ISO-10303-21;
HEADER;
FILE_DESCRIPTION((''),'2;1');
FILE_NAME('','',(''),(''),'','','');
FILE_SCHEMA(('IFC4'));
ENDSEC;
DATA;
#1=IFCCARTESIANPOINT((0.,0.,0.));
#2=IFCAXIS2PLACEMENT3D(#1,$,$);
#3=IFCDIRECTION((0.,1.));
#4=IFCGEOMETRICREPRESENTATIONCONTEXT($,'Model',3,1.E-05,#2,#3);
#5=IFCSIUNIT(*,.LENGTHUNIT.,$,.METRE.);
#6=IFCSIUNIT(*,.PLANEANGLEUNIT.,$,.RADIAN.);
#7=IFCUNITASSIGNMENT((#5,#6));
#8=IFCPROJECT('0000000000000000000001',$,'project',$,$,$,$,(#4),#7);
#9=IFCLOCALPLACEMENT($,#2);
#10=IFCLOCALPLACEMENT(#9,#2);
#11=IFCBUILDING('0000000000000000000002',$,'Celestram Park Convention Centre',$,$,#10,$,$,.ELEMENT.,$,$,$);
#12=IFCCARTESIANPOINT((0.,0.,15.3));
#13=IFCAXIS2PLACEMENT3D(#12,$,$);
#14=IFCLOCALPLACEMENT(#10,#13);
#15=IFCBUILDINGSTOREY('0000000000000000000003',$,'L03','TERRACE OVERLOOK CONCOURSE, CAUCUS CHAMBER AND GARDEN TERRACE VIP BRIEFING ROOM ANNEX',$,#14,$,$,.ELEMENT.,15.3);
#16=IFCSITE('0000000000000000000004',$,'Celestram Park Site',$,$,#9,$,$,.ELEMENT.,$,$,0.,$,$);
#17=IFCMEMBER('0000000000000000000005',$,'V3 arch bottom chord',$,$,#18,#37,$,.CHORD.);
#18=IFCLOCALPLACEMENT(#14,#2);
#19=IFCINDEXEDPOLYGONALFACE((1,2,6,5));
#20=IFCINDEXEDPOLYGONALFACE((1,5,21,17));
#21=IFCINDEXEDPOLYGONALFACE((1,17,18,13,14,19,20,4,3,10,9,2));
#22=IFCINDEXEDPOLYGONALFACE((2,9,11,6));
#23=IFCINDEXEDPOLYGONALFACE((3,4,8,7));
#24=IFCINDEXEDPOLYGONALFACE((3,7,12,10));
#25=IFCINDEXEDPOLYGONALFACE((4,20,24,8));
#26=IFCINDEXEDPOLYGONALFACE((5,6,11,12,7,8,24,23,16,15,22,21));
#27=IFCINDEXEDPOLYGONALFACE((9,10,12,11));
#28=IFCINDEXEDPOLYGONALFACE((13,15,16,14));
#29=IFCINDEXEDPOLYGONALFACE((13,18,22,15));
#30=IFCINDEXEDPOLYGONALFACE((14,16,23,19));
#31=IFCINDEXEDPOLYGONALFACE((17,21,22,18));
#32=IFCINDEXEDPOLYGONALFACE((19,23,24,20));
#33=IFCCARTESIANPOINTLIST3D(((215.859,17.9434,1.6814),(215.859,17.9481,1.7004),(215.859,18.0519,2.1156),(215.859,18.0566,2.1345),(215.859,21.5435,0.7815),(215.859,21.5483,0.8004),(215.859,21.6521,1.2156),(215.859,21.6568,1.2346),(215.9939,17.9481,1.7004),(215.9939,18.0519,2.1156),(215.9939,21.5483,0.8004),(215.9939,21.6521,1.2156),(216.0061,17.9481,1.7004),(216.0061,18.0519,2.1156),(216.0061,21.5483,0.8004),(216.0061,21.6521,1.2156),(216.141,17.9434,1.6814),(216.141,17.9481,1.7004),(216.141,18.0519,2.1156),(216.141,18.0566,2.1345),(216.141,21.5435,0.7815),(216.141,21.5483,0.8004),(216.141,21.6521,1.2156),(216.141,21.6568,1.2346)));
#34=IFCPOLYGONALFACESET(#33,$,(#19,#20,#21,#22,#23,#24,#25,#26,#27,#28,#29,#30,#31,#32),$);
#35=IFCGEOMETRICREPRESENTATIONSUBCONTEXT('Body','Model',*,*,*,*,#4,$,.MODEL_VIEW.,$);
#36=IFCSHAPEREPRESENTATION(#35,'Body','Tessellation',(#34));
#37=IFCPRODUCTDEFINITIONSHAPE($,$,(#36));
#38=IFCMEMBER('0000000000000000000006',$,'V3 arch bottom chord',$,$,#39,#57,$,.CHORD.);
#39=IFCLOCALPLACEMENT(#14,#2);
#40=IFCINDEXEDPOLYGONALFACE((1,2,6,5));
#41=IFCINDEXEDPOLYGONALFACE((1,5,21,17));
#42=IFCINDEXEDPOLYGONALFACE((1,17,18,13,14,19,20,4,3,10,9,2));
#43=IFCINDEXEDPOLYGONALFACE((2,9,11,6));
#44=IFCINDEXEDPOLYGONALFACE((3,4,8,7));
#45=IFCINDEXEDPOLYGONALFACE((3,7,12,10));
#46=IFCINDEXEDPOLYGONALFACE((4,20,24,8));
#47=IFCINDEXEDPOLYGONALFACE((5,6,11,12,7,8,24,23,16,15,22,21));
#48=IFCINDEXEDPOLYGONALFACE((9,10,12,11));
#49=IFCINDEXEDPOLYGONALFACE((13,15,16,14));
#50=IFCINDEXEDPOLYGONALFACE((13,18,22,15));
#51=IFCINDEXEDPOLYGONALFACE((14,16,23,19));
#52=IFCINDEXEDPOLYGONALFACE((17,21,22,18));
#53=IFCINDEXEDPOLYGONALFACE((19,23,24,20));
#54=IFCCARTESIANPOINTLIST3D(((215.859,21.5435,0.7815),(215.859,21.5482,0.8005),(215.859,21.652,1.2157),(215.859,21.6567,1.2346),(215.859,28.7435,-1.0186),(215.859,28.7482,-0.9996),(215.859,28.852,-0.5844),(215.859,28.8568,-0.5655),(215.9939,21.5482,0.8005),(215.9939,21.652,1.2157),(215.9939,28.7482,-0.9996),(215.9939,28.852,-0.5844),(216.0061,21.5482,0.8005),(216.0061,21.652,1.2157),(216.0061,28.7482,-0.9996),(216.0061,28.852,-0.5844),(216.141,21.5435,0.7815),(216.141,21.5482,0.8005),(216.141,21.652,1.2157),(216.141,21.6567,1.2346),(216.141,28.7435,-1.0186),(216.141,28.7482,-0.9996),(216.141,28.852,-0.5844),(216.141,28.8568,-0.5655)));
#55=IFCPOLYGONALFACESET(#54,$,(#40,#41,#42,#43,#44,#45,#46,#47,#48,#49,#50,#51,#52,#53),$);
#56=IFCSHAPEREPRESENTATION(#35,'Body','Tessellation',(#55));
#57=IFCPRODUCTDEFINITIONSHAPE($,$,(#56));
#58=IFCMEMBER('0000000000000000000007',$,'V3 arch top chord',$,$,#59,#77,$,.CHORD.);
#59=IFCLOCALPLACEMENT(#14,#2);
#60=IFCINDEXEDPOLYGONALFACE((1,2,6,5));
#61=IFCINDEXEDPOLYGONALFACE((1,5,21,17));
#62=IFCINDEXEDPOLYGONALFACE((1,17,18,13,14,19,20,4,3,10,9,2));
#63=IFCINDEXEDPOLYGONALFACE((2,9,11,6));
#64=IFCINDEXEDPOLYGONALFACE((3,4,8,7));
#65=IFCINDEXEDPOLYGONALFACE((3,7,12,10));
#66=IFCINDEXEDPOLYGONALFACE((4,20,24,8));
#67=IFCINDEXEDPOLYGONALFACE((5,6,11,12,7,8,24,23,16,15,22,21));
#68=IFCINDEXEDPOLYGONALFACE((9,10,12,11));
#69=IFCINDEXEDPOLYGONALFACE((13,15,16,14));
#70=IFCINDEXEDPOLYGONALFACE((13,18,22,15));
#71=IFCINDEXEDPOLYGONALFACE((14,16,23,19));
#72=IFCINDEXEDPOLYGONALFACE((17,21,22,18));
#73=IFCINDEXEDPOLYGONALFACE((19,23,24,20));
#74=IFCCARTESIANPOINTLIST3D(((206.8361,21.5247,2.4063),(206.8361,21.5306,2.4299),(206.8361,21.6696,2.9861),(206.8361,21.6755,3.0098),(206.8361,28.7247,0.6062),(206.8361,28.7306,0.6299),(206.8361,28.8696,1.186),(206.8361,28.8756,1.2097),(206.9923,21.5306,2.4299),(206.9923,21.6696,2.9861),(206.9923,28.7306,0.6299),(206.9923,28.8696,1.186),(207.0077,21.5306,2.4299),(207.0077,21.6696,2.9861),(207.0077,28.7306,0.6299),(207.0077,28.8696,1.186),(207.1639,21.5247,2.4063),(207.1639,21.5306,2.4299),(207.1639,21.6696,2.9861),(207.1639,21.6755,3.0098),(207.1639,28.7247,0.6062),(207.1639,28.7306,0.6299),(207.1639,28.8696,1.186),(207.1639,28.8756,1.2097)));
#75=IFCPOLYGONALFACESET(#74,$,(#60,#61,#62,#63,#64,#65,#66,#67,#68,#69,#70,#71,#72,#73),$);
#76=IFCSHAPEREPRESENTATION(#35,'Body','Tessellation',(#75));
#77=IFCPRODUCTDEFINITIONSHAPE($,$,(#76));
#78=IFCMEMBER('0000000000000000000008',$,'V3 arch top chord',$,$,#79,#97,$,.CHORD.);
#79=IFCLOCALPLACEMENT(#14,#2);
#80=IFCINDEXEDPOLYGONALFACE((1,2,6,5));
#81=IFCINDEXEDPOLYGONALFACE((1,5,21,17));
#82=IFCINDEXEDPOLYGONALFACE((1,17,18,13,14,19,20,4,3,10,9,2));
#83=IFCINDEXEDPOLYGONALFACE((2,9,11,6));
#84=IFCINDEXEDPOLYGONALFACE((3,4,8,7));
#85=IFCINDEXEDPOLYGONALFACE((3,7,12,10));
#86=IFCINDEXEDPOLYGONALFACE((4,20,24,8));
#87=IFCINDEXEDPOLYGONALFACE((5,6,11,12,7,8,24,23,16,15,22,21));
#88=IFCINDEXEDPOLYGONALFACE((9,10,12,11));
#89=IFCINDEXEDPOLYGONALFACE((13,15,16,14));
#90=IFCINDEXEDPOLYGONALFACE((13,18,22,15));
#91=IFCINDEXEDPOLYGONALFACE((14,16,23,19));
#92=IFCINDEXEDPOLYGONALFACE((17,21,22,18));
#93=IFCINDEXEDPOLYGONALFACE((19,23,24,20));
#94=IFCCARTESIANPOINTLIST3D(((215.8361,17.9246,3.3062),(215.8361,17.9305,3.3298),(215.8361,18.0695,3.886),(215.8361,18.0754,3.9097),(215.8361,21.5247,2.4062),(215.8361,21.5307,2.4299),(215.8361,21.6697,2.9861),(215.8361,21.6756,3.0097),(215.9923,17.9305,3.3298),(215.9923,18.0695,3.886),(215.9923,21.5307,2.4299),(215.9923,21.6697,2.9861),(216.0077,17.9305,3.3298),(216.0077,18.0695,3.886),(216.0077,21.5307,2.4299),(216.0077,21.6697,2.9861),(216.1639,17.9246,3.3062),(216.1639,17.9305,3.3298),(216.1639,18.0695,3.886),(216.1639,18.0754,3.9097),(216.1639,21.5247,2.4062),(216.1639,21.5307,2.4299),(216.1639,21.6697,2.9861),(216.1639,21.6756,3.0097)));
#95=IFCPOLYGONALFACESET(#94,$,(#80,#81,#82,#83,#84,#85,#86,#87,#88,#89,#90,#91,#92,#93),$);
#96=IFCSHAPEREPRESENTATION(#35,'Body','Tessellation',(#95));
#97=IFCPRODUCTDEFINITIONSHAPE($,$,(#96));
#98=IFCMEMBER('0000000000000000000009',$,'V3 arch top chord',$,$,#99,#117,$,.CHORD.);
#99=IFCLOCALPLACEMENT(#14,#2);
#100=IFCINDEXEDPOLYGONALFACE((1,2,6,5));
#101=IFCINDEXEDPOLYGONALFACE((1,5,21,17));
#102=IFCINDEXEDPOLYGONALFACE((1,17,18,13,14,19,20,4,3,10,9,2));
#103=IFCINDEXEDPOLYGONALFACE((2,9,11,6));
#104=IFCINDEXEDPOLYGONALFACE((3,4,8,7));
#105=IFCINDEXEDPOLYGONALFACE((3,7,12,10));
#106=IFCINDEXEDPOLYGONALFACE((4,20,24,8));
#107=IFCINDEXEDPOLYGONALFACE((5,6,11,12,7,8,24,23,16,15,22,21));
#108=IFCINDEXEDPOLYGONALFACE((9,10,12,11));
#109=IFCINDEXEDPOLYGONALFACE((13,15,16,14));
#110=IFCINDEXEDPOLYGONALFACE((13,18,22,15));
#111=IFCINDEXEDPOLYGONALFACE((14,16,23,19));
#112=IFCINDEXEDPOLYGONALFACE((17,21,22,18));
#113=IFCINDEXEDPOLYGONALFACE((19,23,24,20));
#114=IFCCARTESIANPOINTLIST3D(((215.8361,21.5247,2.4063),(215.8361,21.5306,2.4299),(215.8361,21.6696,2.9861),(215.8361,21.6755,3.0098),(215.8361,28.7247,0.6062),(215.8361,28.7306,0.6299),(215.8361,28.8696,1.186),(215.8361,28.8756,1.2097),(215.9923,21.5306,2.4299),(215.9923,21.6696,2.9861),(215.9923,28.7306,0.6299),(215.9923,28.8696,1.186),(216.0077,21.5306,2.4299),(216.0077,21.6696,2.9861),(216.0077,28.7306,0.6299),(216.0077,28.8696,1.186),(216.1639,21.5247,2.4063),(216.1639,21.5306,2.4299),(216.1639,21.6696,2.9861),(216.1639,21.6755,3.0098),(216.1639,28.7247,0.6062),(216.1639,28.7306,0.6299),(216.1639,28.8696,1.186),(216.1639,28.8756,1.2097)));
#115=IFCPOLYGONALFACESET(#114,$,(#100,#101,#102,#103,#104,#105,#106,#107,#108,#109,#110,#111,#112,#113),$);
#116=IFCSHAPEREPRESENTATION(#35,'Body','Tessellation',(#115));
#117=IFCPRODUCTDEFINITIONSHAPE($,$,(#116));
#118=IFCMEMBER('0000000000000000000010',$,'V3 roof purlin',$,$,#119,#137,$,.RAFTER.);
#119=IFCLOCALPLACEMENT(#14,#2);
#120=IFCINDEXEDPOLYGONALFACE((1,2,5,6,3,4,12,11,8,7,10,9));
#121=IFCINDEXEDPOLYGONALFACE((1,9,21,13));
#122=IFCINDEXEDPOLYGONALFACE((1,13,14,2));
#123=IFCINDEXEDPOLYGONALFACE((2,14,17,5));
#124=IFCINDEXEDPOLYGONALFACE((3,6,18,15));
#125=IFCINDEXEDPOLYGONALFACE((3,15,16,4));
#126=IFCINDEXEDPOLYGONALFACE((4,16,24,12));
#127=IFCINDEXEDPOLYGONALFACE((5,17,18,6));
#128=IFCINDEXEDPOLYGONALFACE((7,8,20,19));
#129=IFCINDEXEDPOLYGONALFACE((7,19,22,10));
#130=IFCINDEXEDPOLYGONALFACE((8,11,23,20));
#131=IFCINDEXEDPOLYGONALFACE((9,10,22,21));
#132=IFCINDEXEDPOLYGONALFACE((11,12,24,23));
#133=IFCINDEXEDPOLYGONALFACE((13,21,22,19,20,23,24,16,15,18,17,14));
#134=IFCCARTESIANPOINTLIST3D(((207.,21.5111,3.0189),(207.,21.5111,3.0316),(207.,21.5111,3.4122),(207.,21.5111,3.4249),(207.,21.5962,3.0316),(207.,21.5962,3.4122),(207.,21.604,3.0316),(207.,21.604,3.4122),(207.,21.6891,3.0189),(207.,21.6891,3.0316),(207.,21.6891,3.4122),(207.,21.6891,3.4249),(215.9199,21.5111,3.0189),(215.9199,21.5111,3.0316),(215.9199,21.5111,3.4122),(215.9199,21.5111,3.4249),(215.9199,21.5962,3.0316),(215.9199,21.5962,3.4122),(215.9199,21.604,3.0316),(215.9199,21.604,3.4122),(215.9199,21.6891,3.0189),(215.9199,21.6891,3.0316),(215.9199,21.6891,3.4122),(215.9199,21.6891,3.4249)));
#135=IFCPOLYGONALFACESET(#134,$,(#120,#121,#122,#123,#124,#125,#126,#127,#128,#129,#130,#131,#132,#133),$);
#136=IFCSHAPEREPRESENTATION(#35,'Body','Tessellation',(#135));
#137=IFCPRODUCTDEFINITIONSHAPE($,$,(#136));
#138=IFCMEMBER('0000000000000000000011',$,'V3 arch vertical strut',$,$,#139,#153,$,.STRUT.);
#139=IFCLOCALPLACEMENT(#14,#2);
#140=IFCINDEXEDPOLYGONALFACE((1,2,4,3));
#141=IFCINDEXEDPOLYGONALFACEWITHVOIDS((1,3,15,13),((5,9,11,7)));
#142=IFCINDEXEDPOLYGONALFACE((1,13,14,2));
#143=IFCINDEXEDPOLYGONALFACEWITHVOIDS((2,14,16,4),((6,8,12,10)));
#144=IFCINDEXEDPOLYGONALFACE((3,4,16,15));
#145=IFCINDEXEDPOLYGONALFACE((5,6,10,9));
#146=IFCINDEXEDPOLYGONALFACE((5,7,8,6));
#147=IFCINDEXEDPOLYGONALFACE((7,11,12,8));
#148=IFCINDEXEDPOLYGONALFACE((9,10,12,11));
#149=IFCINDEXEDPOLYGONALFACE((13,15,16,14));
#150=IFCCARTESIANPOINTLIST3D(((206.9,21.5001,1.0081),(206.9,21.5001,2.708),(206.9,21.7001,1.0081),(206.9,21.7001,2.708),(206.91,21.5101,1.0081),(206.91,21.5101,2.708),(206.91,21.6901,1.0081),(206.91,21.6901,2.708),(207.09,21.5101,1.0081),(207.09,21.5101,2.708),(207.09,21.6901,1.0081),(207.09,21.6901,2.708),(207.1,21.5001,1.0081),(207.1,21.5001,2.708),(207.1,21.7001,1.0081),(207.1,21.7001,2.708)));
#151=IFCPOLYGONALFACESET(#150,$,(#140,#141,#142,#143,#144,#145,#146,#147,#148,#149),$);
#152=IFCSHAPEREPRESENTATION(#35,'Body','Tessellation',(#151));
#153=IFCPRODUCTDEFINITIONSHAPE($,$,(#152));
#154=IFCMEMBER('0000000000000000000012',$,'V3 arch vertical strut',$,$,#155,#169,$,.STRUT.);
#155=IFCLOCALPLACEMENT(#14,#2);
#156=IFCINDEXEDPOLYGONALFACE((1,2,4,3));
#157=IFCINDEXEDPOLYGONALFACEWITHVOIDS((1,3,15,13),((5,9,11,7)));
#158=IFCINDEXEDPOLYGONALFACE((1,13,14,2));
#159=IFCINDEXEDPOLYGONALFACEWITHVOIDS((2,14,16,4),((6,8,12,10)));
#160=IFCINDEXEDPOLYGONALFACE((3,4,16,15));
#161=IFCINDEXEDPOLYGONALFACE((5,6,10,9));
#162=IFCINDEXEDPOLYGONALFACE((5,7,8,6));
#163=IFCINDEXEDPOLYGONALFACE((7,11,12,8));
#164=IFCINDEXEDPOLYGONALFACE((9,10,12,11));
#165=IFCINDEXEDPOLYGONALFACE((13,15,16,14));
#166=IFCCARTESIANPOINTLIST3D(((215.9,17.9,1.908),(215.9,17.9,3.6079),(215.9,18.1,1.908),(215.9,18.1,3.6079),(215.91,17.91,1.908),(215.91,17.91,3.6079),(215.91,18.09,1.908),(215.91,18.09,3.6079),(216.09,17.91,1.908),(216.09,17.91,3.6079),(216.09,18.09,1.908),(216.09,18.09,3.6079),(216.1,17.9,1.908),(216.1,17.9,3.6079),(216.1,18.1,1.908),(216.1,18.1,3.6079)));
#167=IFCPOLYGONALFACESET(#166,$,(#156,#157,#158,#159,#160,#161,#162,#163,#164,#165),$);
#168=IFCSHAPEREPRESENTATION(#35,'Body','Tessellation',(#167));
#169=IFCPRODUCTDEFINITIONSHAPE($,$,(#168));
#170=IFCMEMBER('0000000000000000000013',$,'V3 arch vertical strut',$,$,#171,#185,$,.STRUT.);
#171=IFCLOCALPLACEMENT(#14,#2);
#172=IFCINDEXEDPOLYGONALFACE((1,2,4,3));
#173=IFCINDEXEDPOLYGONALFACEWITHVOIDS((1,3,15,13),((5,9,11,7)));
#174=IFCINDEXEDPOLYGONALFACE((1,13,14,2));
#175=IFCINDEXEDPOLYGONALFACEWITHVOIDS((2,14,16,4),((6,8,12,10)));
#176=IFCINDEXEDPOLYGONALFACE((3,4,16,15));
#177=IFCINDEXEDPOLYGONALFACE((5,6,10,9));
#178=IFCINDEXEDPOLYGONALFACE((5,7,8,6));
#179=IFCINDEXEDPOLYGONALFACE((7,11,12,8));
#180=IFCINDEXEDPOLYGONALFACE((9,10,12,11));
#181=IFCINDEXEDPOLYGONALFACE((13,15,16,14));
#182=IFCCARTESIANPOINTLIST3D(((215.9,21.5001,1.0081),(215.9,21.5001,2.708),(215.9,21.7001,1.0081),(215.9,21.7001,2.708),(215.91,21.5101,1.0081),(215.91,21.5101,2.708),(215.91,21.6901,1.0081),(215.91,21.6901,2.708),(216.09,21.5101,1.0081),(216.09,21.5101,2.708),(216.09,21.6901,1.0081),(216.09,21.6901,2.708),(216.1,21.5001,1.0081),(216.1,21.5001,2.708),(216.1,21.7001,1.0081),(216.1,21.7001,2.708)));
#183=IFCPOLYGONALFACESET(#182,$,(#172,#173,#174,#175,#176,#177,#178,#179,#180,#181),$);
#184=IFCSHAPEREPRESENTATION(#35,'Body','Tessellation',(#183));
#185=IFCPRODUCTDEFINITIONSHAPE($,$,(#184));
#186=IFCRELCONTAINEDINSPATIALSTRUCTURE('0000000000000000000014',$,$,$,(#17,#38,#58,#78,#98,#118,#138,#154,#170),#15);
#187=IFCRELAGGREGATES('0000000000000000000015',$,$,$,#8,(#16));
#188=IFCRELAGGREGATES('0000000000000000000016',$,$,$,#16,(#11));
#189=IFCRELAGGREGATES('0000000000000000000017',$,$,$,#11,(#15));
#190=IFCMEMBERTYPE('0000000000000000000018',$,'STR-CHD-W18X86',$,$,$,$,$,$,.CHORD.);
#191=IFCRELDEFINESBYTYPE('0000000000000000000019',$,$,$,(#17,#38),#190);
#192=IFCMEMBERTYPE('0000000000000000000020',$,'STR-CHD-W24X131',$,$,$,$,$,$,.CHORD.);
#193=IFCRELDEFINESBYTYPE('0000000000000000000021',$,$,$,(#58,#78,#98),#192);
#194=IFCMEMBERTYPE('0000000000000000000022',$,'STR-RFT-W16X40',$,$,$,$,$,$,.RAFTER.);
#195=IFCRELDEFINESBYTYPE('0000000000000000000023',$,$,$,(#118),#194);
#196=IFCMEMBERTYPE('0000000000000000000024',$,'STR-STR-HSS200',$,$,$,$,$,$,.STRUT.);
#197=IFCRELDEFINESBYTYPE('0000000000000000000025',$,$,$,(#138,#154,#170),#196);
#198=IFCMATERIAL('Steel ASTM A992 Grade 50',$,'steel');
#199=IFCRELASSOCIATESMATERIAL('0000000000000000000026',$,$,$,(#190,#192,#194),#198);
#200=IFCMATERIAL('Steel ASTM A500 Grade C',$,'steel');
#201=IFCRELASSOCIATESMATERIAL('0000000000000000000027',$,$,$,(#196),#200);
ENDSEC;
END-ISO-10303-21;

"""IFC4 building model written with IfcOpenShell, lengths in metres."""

from ifc_helpers import new_model, si_unit, direction, frame, origin, origin_2d, place, context, subcontext, project, spatial, hollow_rectangle, i_section, extrude, material, material_profile, profile_set, type_object, element, save


model = new_model("IFC4")

# Units and contexts
model_context = context("Model", 3, precision=1e-05, world=origin(), true_north=direction((0.0, 1.0)))
body_context = subcontext(model_context, "Body", "Model", "MODEL_VIEW")
ifc_project = project(units=[si_unit("LENGTHUNIT", "METRE"), si_unit("PLANEANGLEUNIT", "RADIAN")], contexts=[model_context])

# Site, building, storey
site_placement = place(None, origin())
site = spatial("IfcSite", under=ifc_project, at=site_placement, Name="Celestram Park Site", CompositionType="ELEMENT", RefElevation=0.0)
building_placement = place(site_placement, origin())
building = spatial("IfcBuilding", under=site, at=building_placement, Name="Celestram Park Convention Centre", CompositionType="ELEMENT")
storey_placement = place(building_placement, frame((0.0, 0.0, 15.3)))
storey = spatial("IfcBuildingStorey", under=building, at=storey_placement, Name="L03", Description="TERRACE OVERLOOK CONCOURSE, CAUCUS CHAMBER AND GARDEN TERRACE VIP BRIEFING ROOM ANNEX", CompositionType="ELEMENT", Elevation=15.3)

# Members
ifc_material_1 = material(Name="Steel ASTM A500 Grade C", Category="steel")
ifc_material_2 = material(Name="Steel ASTM A992 Grade 50", Category="steel")
ifc_material_profile_1 = material_profile(ifc_material_2, i_section(OverallWidth=0.282, OverallDepth=0.467, WebThickness=0.0122, FlangeThickness=0.0195, at=origin_2d()), Name="W18X86")
ifc_profile_set_1 = profile_set([ifc_material_profile_1], Name="Steel ASTM A992 Grade 50")
member_type_1 = type_object("IfcMemberType", Name="STR-CHD-W18X86", PredefinedType="CHORD", material=ifc_profile_set_1)
member_1_placement = place(storey_placement, frame((216.0, 18.0, 1.908), z_axis=(0.0, 0.97015, -0.242505), x_axis=(-1.0, 0.0, 0.0)))
element("IfcMember", 1, at=member_1_placement, inside=storey, type_object=member_type_1, Name="V3 arch bottom chord", PredefinedType="CHORD", context=body_context, shape_type="SweptSolid", body=[
    extrude(i_section(OverallWidth=0.282, OverallDepth=0.467, WebThickness=0.0122, FlangeThickness=0.0195, at=origin_2d()), origin(), (0.0, 0.0, 1.0), 3.7109),
])
member_2_placement = place(storey_placement, frame((216.0, 21.6001, 1.0081), z_axis=(0.0, 0.970141, -0.242543), x_axis=(-1.0, 0.0, 0.0)))
element("IfcMember", 2, at=member_2_placement, inside=storey, type_object=member_type_1, Name="V3 arch bottom chord", PredefinedType="CHORD", context=body_context, shape_type="SweptSolid", body=[
    extrude(i_section(OverallWidth=0.282, OverallDepth=0.467, WebThickness=0.0122, FlangeThickness=0.0195, at=origin_2d()), origin(), (0.0, 0.0, 1.0), 7.4216),
])
ifc_material_profile_2 = material_profile(ifc_material_2, i_section(OverallWidth=0.3279, OverallDepth=0.6221, WebThickness=0.0154, FlangeThickness=0.0244, at=origin_2d()), Name="W24X131")
ifc_profile_set_2 = profile_set([ifc_material_profile_2], Name="Steel ASTM A992 Grade 50")
member_type_2 = type_object("IfcMemberType", Name="STR-CHD-W24X131", PredefinedType="CHORD", material=ifc_profile_set_2)
member_3_placement = place(storey_placement, frame((207.0, 21.6001, 2.708), z_axis=(0.0, 0.970141, -0.242543), x_axis=(-1.0, 0.0, 0.0)))
element("IfcMember", 3, at=member_3_placement, inside=storey, type_object=member_type_2, Name="V3 arch top chord", PredefinedType="CHORD", context=body_context, shape_type="SweptSolid", body=[
    extrude(i_section(OverallWidth=0.3279, OverallDepth=0.6221, WebThickness=0.0154, FlangeThickness=0.0244, at=origin_2d()), origin(), (0.0, 0.0, 1.0), 7.4216),
])
member_4_placement = place(storey_placement, frame((216.0, 18.0, 3.6079), z_axis=(0.0, 0.97015, -0.242505), x_axis=(-1.0, 0.0, 0.0)))
element("IfcMember", 4, at=member_4_placement, inside=storey, type_object=member_type_2, Name="V3 arch top chord", PredefinedType="CHORD", context=body_context, shape_type="SweptSolid", body=[
    extrude(i_section(OverallWidth=0.3279, OverallDepth=0.6221, WebThickness=0.0154, FlangeThickness=0.0244, at=origin_2d()), origin(), (0.0, 0.0, 1.0), 3.7109),
])
member_5_placement = place(storey_placement, frame((216.0, 21.6001, 2.708), z_axis=(0.0, 0.970141, -0.242543), x_axis=(-1.0, 0.0, 0.0)))
element("IfcMember", 5, at=member_5_placement, inside=storey, type_object=member_type_2, Name="V3 arch top chord", PredefinedType="CHORD", context=body_context, shape_type="SweptSolid", body=[
    extrude(i_section(OverallWidth=0.3279, OverallDepth=0.6221, WebThickness=0.0154, FlangeThickness=0.0244, at=origin_2d()), origin(), (0.0, 0.0, 1.0), 7.4216),
])
ifc_material_profile_3 = material_profile(ifc_material_2, i_section(OverallWidth=0.178, OverallDepth=0.406, WebThickness=0.0078, FlangeThickness=0.0127, at=origin_2d()), Name="W16X40")
ifc_profile_set_3 = profile_set([ifc_material_profile_3], Name="Steel ASTM A992 Grade 50")
member_type_3 = type_object("IfcMemberType", Name="STR-RFT-W16X40", PredefinedType="RAFTER", material=ifc_profile_set_3)
member_6_placement = place(storey_placement, frame((207.0, 21.6001, 3.2219), z_axis=(1.0, 0.0, 0.0), x_axis=(0.0, 1.0, 0.0)))
element("IfcMember", 6, at=member_6_placement, inside=storey, type_object=member_type_3, Name="V3 roof purlin", PredefinedType="RAFTER", context=body_context, shape_type="SweptSolid", body=[
    extrude(i_section(OverallWidth=0.178, OverallDepth=0.406, WebThickness=0.0078, FlangeThickness=0.0127, at=origin_2d()), origin(), (0.0, 0.0, 1.0), 8.9199),
])
ifc_material_profile_4 = material_profile(ifc_material_1, hollow_rectangle(XDim=0.2, YDim=0.2, WallThickness=0.01, at=origin_2d()), Name="HSS200X200X10")
ifc_profile_set_4 = profile_set([ifc_material_profile_4], Name="Steel ASTM A500 Grade C")
member_type_4 = type_object("IfcMemberType", Name="STR-STR-HSS200", PredefinedType="STRUT", material=ifc_profile_set_4)
for number, where, z_axis, x_axis, name in (
    (7, (207.0, 21.6001, 1.0081), (0.0, 0.0, 1.0), (1.0, 0.0, 0.0), "V3 arch vertical strut"),
    (8, (216.0, 18.0, 1.908), (0.0, 0.0, 1.0), (1.0, 0.0, 0.0), "V3 arch vertical strut"),
    (9, (216.0, 21.6001, 1.0081), (0.0, 0.0, 1.0), (1.0, 0.0, 0.0), "V3 arch vertical strut"),
):
    element("IfcMember", number, at=place(storey_placement, frame(where, z_axis=z_axis, x_axis=x_axis)), inside=storey, type_object=member_type_4, Name=name, PredefinedType="STRUT", context=body_context, shape_type="SweptSolid", body=[
        extrude(hollow_rectangle(XDim=0.2, YDim=0.2, WallThickness=0.01, at=origin_2d()), origin(), (0.0, 0.0, 1.0), 1.7),
    ])

save(model, "model.ifc")
